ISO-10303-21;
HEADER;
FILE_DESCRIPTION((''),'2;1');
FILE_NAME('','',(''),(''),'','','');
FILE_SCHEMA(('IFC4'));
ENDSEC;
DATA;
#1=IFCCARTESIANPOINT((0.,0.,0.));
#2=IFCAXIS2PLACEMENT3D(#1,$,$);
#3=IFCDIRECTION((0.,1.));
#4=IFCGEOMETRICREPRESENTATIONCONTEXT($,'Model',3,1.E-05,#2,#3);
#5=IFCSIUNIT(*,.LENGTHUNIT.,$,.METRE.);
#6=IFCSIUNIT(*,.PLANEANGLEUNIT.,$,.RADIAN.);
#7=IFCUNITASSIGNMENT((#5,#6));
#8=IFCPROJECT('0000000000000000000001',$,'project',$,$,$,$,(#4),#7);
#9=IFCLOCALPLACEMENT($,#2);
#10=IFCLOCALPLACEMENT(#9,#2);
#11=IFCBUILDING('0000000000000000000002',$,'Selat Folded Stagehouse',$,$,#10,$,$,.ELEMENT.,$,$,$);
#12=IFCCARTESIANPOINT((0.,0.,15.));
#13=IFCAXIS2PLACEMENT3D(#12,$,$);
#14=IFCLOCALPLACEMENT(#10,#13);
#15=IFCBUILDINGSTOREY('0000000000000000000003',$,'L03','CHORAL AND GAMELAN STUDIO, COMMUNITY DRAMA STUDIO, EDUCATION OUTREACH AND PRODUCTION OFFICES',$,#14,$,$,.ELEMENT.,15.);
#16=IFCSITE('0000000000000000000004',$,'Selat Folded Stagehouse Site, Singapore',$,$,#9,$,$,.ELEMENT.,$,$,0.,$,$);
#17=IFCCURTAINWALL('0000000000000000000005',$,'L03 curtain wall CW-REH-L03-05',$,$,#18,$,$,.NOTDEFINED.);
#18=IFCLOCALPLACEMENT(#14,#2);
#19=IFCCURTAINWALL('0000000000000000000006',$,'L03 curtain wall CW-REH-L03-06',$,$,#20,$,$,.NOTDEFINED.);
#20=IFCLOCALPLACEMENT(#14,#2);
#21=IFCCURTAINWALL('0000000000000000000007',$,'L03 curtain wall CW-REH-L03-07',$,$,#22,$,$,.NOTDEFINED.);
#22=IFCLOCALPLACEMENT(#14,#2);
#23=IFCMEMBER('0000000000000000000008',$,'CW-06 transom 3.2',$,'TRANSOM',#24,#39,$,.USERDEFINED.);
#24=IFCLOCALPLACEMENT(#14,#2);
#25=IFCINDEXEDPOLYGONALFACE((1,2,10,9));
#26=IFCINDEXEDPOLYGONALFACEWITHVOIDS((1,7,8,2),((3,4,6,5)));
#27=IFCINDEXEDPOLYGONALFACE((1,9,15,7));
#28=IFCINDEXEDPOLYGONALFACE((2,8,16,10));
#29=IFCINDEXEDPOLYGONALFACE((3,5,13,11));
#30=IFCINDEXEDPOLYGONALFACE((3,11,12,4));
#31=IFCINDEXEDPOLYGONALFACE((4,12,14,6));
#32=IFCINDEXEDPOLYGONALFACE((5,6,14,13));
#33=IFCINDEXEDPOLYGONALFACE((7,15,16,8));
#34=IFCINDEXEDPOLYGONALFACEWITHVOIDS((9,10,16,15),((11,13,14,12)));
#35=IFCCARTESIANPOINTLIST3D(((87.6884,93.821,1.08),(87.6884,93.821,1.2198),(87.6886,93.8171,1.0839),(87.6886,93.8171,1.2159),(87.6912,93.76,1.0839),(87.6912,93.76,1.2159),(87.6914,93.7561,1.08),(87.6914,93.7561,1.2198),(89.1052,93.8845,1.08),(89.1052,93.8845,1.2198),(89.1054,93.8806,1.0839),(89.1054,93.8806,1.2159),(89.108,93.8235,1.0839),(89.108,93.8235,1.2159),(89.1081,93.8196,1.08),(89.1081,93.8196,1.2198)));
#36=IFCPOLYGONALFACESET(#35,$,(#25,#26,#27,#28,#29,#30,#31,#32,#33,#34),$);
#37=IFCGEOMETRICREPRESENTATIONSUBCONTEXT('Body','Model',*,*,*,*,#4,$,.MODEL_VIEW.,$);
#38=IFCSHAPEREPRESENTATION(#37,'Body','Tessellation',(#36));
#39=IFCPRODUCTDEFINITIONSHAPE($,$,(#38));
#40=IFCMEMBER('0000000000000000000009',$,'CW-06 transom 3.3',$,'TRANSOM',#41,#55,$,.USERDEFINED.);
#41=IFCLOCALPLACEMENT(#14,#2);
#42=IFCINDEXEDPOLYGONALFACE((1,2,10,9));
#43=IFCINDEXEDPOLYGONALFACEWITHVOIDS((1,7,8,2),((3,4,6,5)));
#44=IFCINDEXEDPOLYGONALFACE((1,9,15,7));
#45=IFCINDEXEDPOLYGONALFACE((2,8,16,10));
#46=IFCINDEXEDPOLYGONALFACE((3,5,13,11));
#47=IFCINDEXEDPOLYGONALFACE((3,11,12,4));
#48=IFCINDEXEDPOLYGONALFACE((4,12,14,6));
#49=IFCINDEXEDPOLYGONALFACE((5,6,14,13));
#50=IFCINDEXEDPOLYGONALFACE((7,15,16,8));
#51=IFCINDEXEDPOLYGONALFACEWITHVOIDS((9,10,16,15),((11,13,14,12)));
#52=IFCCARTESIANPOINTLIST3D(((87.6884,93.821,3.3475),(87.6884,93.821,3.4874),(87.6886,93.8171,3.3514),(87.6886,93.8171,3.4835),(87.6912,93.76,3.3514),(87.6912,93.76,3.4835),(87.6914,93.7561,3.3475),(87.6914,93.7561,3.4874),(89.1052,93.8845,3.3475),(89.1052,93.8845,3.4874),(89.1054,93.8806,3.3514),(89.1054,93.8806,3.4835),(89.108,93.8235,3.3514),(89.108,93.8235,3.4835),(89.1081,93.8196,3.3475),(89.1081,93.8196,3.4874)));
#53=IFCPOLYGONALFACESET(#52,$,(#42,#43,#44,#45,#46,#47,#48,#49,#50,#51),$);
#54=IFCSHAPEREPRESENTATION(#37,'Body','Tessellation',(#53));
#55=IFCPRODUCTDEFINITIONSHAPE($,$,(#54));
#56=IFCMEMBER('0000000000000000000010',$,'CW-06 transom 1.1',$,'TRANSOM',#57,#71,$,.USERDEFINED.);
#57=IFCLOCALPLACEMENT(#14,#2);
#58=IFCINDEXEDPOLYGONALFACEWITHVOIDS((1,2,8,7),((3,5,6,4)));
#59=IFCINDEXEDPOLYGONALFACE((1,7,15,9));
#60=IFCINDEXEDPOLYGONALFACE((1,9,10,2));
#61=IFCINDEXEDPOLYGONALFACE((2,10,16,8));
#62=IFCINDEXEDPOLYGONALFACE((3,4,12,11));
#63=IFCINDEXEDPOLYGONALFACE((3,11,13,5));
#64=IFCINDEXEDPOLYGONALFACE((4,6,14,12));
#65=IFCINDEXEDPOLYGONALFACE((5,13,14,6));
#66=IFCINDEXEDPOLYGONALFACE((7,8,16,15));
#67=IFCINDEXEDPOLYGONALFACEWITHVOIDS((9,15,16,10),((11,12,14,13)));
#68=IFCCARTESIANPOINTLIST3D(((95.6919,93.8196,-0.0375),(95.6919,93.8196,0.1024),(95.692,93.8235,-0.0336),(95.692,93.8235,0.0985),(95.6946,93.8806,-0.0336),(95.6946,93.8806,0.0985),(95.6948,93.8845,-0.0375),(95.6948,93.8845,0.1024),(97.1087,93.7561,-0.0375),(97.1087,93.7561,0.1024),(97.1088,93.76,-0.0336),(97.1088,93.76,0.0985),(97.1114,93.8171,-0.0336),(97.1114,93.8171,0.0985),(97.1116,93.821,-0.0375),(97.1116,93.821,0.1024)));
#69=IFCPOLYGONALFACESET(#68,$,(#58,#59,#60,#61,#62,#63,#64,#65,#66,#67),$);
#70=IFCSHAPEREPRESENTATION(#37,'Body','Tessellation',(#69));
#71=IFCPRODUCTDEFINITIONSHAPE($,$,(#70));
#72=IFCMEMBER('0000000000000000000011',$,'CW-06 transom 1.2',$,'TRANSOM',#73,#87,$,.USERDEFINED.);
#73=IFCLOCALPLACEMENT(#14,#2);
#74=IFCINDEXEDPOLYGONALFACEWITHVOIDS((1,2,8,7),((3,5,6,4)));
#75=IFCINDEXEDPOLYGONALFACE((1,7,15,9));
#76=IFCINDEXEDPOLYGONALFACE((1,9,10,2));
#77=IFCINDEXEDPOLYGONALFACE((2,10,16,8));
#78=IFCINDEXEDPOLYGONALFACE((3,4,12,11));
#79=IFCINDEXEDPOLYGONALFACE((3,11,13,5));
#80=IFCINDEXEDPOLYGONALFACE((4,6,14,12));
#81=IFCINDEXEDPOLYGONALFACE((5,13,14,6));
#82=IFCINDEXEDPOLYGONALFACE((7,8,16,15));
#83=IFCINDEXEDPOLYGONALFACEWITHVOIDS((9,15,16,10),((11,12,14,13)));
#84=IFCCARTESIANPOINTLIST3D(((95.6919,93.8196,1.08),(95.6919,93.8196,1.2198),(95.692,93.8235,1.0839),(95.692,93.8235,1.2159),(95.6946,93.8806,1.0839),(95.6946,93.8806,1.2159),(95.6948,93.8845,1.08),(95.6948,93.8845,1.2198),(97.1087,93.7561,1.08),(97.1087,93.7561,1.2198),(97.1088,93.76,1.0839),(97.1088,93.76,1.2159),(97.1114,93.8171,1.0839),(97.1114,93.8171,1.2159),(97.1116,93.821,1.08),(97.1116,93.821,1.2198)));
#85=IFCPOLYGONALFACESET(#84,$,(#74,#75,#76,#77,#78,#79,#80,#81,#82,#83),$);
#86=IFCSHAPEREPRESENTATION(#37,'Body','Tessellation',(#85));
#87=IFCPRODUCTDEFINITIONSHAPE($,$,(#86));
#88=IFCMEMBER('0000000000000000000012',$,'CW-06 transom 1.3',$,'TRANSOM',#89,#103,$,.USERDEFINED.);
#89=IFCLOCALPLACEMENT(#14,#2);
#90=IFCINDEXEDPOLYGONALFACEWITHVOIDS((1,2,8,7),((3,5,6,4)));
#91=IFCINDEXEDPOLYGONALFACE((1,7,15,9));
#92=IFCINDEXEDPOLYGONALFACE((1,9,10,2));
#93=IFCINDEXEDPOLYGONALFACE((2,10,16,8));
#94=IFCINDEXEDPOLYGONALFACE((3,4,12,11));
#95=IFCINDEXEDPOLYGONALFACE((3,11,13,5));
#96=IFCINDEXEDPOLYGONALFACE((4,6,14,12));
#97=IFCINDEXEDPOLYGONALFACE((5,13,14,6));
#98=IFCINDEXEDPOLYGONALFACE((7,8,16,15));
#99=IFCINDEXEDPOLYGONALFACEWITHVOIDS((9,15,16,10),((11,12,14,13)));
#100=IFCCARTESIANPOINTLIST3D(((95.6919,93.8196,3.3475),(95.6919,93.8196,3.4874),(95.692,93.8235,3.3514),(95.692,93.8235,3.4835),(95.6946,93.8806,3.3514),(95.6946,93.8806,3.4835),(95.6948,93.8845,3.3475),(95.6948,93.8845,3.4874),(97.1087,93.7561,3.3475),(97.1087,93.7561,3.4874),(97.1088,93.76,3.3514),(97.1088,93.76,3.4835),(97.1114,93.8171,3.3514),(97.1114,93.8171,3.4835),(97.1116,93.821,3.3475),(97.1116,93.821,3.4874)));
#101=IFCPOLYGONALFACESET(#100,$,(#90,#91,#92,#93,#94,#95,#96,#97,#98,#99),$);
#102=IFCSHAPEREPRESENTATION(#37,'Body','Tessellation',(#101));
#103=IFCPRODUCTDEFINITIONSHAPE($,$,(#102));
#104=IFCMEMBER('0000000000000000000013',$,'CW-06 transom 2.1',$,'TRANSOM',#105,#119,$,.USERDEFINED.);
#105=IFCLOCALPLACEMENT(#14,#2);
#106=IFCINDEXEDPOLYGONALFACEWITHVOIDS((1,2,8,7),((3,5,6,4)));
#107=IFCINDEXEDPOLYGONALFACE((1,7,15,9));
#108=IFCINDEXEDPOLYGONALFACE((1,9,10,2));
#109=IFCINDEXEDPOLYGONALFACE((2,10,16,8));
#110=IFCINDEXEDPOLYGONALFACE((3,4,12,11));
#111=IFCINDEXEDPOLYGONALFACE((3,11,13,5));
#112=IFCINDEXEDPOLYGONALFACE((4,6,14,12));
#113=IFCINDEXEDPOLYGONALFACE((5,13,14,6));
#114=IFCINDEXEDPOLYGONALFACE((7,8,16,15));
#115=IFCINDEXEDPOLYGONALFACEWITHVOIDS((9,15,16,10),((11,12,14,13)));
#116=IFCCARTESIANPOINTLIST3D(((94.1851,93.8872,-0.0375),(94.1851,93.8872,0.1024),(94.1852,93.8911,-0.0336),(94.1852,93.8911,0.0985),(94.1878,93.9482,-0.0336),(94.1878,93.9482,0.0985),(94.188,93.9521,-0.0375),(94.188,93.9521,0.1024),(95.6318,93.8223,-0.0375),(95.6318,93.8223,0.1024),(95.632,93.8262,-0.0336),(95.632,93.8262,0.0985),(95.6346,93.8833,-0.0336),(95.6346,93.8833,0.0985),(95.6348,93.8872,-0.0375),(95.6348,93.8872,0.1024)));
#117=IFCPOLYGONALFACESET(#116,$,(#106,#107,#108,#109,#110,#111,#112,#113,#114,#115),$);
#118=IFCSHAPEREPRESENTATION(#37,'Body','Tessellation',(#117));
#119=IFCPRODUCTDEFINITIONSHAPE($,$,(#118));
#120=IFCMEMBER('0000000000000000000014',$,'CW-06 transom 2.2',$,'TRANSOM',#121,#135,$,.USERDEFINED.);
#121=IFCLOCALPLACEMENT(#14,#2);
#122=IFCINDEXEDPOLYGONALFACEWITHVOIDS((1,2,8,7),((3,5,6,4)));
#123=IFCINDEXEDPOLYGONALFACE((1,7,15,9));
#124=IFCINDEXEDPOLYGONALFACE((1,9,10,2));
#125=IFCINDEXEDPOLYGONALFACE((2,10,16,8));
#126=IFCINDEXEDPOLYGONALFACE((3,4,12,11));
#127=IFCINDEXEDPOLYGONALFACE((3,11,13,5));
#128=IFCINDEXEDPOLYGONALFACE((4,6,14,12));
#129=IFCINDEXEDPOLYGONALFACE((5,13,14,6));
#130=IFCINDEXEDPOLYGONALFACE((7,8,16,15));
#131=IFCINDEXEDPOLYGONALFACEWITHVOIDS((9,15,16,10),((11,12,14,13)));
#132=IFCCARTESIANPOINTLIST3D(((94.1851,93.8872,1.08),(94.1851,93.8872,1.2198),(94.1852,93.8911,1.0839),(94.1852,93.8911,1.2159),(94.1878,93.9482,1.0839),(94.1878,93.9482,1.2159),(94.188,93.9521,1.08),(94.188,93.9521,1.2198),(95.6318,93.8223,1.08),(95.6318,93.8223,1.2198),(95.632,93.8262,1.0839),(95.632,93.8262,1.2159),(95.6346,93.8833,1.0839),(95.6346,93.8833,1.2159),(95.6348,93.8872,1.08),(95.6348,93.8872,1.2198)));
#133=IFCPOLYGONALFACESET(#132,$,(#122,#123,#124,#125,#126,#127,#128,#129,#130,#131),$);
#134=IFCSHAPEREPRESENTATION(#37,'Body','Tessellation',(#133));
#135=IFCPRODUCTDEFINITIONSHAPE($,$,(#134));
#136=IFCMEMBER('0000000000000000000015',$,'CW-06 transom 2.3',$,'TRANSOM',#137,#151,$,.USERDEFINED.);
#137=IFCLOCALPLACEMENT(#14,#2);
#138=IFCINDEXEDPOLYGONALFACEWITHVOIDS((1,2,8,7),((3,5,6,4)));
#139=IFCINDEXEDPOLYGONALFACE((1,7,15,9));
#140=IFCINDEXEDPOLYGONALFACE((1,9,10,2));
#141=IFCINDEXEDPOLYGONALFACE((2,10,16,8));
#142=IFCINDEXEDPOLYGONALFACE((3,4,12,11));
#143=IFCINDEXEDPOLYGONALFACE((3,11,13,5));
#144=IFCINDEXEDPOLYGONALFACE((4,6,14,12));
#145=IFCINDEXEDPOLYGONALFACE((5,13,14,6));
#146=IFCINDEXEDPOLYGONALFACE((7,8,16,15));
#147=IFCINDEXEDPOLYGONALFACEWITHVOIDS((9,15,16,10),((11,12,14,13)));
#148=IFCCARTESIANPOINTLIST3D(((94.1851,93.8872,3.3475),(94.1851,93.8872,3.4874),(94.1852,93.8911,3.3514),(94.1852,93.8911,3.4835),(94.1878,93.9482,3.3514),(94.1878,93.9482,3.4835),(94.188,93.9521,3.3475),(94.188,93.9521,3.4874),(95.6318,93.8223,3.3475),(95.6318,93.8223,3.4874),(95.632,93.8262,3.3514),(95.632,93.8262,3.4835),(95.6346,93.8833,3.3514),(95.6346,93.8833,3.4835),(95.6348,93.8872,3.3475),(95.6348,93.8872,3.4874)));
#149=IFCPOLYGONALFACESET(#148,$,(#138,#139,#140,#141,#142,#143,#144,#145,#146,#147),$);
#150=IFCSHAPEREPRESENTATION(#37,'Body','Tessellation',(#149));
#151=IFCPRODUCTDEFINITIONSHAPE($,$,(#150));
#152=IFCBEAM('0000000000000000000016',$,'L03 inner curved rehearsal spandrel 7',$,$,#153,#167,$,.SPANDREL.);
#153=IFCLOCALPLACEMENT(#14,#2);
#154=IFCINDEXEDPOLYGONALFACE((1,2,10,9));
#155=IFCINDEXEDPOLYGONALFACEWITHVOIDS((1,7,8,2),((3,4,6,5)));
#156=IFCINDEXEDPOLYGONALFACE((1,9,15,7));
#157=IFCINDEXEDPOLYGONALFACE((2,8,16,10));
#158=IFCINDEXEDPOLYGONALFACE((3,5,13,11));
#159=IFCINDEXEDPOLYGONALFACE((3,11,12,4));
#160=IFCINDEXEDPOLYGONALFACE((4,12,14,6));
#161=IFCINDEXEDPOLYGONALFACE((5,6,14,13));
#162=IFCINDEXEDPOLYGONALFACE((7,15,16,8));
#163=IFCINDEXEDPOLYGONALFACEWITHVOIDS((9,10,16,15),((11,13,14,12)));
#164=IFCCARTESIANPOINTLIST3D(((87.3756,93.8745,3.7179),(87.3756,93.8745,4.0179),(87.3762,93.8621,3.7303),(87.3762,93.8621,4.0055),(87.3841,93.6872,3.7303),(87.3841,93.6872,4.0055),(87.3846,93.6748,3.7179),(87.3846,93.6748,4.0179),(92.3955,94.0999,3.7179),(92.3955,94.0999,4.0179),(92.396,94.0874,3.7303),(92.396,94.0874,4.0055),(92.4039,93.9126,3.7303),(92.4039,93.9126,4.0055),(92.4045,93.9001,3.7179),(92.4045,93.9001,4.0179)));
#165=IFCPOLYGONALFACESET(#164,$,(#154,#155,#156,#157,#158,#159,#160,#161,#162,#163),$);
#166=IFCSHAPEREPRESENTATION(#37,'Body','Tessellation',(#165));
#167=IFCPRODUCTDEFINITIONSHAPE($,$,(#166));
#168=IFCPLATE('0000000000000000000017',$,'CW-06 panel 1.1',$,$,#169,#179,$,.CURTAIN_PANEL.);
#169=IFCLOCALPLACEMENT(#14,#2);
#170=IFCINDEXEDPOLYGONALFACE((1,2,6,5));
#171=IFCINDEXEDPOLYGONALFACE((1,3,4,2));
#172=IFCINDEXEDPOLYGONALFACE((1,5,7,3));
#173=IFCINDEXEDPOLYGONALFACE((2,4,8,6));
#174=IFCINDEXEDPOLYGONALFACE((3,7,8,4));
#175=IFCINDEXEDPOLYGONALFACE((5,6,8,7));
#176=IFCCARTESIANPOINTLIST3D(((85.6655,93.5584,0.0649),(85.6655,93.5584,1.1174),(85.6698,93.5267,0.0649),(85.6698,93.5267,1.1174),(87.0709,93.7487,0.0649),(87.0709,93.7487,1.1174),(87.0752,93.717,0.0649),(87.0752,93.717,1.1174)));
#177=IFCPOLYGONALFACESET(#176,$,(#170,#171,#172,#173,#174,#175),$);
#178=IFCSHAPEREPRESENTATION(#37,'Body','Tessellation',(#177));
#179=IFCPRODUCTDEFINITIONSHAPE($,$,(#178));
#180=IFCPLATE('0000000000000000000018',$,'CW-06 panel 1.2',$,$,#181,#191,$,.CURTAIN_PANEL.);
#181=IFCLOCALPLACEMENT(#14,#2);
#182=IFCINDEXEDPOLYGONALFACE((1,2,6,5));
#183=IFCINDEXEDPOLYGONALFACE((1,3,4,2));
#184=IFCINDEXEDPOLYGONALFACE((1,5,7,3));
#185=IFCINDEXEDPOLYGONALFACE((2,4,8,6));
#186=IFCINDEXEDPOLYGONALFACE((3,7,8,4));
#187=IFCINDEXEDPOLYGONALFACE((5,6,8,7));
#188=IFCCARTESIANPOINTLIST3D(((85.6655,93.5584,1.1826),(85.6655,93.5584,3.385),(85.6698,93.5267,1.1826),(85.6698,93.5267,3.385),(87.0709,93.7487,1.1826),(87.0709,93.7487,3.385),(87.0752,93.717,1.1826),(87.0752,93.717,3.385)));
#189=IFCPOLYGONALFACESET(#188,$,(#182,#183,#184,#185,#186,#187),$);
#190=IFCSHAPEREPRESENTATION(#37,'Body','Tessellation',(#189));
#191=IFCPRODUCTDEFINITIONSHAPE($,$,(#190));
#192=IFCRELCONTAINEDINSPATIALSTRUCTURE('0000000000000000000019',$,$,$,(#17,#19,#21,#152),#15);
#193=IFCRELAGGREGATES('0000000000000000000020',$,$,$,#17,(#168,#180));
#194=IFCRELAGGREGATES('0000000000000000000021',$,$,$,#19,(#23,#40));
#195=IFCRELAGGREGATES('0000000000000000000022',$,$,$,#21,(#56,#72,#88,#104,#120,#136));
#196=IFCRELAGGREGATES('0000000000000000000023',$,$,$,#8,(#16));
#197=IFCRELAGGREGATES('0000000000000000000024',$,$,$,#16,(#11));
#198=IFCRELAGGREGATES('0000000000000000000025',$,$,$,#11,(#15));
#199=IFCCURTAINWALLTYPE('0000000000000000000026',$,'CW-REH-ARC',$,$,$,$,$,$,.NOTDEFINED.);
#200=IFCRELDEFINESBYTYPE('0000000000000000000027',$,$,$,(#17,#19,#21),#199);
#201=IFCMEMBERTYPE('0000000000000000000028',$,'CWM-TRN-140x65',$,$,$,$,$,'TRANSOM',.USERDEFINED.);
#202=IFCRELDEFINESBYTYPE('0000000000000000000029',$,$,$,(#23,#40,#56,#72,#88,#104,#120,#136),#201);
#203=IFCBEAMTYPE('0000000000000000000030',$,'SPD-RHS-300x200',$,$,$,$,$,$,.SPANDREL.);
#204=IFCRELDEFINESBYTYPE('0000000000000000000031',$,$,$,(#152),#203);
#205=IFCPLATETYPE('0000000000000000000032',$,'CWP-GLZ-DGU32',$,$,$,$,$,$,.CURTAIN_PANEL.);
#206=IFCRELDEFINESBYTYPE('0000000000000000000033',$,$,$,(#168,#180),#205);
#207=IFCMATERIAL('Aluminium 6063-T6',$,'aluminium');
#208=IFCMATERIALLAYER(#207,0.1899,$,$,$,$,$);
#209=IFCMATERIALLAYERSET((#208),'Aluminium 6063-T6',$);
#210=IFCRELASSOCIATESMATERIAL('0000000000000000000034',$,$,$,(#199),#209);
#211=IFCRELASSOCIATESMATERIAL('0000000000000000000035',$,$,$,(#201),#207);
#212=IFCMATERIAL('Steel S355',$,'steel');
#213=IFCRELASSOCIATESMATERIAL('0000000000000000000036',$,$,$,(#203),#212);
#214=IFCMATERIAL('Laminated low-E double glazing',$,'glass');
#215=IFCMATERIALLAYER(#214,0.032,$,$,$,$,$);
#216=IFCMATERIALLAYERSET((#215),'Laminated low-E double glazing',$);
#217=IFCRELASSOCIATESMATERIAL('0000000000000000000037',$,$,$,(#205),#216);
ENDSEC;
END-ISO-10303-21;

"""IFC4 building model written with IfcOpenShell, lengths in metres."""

from ifc_helpers import new_model, si_unit, direction, frame, origin, origin_2d, place, context, subcontext, project, spatial, rectangle, hollow_rectangle, extrude, material, layer, layer_set, material_profile, profile_set, type_object, element, aggregate, save


model = new_model("IFC4")

# Units and contexts
model_context = context("Model", 3, precision=1e-05, world=origin(), true_north=direction((0.0, 1.0)))
body_context = subcontext(model_context, "Body", "Model", "MODEL_VIEW")
ifc_project = project(units=[si_unit("LENGTHUNIT", "METRE"), si_unit("PLANEANGLEUNIT", "RADIAN")], contexts=[model_context])

# Site, building, storey
site_placement = place(None, origin())
site = spatial("IfcSite", under=ifc_project, at=site_placement, Name="Selat Folded Stagehouse Site, Singapore", CompositionType="ELEMENT", RefElevation=0.0)
building_placement = place(site_placement, origin())
building = spatial("IfcBuilding", under=site, at=building_placement, Name="Selat Folded Stagehouse", CompositionType="ELEMENT")
storey_placement = place(building_placement, frame((0.0, 0.0, 15.0)))
storey = spatial("IfcBuildingStorey", under=building, at=storey_placement, Name="L03", Description="CHORAL AND GAMELAN STUDIO, COMMUNITY DRAMA STUDIO, EDUCATION OUTREACH AND PRODUCTION OFFICES", CompositionType="ELEMENT", Elevation=15.0)

# Shared definitions
ifc_material_1 = material(Name="Steel S355", Category="steel")

# Curtain walls
ifc_material_2 = material(Name="Aluminium 6063-T6", Category="aluminium")
ifc_layer_1 = layer(ifc_material_2, 0.1899)
ifc_layer_set_1 = layer_set([ifc_layer_1], Name="Aluminium 6063-T6")
curtain_wall_type = type_object("IfcCurtainWallType", Name="CW-REH-ARC", PredefinedType="NOTDEFINED", material=ifc_layer_set_1)
curtain_wall_1_placement = place(storey_placement, origin())
curtain_wall_1 = element("IfcCurtainWall", 1, at=curtain_wall_1_placement, inside=storey, type_object=curtain_wall_type, Name="L03 curtain wall CW-REH-L03-05", PredefinedType="NOTDEFINED")
curtain_wall_2_placement = place(storey_placement, origin())
curtain_wall_2 = element("IfcCurtainWall", 2, at=curtain_wall_2_placement, inside=storey, type_object=curtain_wall_type, Name="L03 curtain wall CW-REH-L03-06", PredefinedType="NOTDEFINED")
curtain_wall_3_placement = place(storey_placement, origin())
curtain_wall_3 = element("IfcCurtainWall", 3, at=curtain_wall_3_placement, inside=storey, type_object=curtain_wall_type, Name="L03 curtain wall CW-REH-L03-07", PredefinedType="NOTDEFINED")

# Members
ifc_material_profile_1 = material_profile(ifc_material_2, hollow_rectangle(XDim=0.0649, YDim=0.1399, WallThickness=0.0039, at=origin_2d()), Name="ALU 140x65x4.0")
ifc_profile_set_1 = profile_set([ifc_material_profile_1], Name="Aluminium 6063-T6")
member_type_1 = type_object("IfcMemberType", Name="CWM-TRN-140x65", ElementType="TRANSOM", PredefinedType="USERDEFINED", material=ifc_profile_set_1)
member_1_placement = place(storey_placement, frame((89.1067, 93.8521, 1.1499), z_axis=(-0.998998, -0.04476, 0.0), x_axis=(0.04476, -0.998998, 0.0)))
member_1 = element("IfcMember", 4, at=member_1_placement, type_object=member_type_1, Name="CW-06 transom 3.2", ObjectType="TRANSOM", PredefinedType="USERDEFINED", context=body_context, shape_type="SweptSolid", body=[
    extrude(hollow_rectangle(XDim=0.0649, YDim=0.1399, WallThickness=0.0039, at=origin_2d()), origin(), (0.0, 0.0, 1.0), 1.4182),
])
member_2_placement = place(storey_placement, frame((89.1067, 93.8521, 3.4175), z_axis=(-0.998998, -0.04476, 0.0), x_axis=(0.04476, -0.998998, 0.0)))
member_2 = element("IfcMember", 5, at=member_2_placement, type_object=member_type_1, Name="CW-06 transom 3.3", ObjectType="TRANSOM", PredefinedType="USERDEFINED", context=body_context, shape_type="SweptSolid", body=[
    extrude(hollow_rectangle(XDim=0.0649, YDim=0.1399, WallThickness=0.0039, at=origin_2d()), origin(), (0.0, 0.0, 1.0), 1.4182),
])
member_3_placement = place(storey_placement, frame((97.1101, 93.7886, 0.0325), z_axis=(-0.998998, 0.04476, 0.0), x_axis=(-0.04476, -0.998998, 0.0)))
member_3 = element("IfcMember", 6, at=member_3_placement, type_object=member_type_1, Name="CW-06 transom 1.1", ObjectType="TRANSOM", PredefinedType="USERDEFINED", context=body_context, shape_type="SweptSolid", body=[
    extrude(hollow_rectangle(XDim=0.0649, YDim=0.1399, WallThickness=0.0039, at=origin_2d()), origin(), (0.0, 0.0, 1.0), 1.4182),
])
member_4_placement = place(storey_placement, frame((97.1101, 93.7886, 1.1499), z_axis=(-0.998998, 0.04476, 0.0), x_axis=(-0.04476, -0.998998, 0.0)))
member_4 = element("IfcMember", 7, at=member_4_placement, type_object=member_type_1, Name="CW-06 transom 1.2", ObjectType="TRANSOM", PredefinedType="USERDEFINED", context=body_context, shape_type="SweptSolid", body=[
    extrude(hollow_rectangle(XDim=0.0649, YDim=0.1399, WallThickness=0.0039, at=origin_2d()), origin(), (0.0, 0.0, 1.0), 1.4182),
])
member_5_placement = place(storey_placement, frame((97.1101, 93.7886, 3.4175), z_axis=(-0.998998, 0.04476, 0.0), x_axis=(-0.04476, -0.998998, 0.0)))
member_5 = element("IfcMember", 8, at=member_5_placement, type_object=member_type_1, Name="CW-06 transom 1.3", ObjectType="TRANSOM", PredefinedType="USERDEFINED", context=body_context, shape_type="SweptSolid", body=[
    extrude(hollow_rectangle(XDim=0.0649, YDim=0.1399, WallThickness=0.0039, at=origin_2d()), origin(), (0.0, 0.0, 1.0), 1.4182),
])
member_6_placement = place(storey_placement, frame((95.6333, 93.8547, 0.0325), z_axis=(-0.998994, 0.044842, 0.0), x_axis=(-0.044842, -0.998994, 0.0)))
member_6 = element("IfcMember", 9, at=member_6_placement, type_object=member_type_1, Name="CW-06 transom 2.1", ObjectType="TRANSOM", PredefinedType="USERDEFINED", context=body_context, shape_type="SweptSolid", body=[
    extrude(hollow_rectangle(XDim=0.0649, YDim=0.1399, WallThickness=0.0039, at=origin_2d()), origin(), (0.0, 0.0, 1.0), 1.4482),
])
member_7_placement = place(storey_placement, frame((95.6333, 93.8547, 1.1499), z_axis=(-0.998994, 0.044842, 0.0), x_axis=(-0.044842, -0.998994, 0.0)))
member_7 = element("IfcMember", 10, at=member_7_placement, type_object=member_type_1, Name="CW-06 transom 2.2", ObjectType="TRANSOM", PredefinedType="USERDEFINED", context=body_context, shape_type="SweptSolid", body=[
    extrude(hollow_rectangle(XDim=0.0649, YDim=0.1399, WallThickness=0.0039, at=origin_2d()), origin(), (0.0, 0.0, 1.0), 1.4482),
])
member_8_placement = place(storey_placement, frame((95.6333, 93.8547, 3.4175), z_axis=(-0.998994, 0.044842, 0.0), x_axis=(-0.044842, -0.998994, 0.0)))
member_8 = element("IfcMember", 11, at=member_8_placement, type_object=member_type_1, Name="CW-06 transom 2.3", ObjectType="TRANSOM", PredefinedType="USERDEFINED", context=body_context, shape_type="SweptSolid", body=[
    extrude(hollow_rectangle(XDim=0.0649, YDim=0.1399, WallThickness=0.0039, at=origin_2d()), origin(), (0.0, 0.0, 1.0), 1.4482),
])

# Beam
ifc_material_profile_2 = material_profile(ifc_material_1, hollow_rectangle(XDim=0.2, YDim=0.3, WallThickness=0.0125, at=origin_2d()), Name="RHS 300x200x12.5")
ifc_profile_set_2 = profile_set([ifc_material_profile_2], Name="Steel S355")
beam_type_1 = type_object("IfcBeamType", Name="SPD-RHS-300x200", PredefinedType="SPANDREL", material=ifc_profile_set_2)
beam_1_placement = place(storey_placement, frame((87.3801, 93.7747, 3.8679), z_axis=(0.998994, 0.044846, 0.0), x_axis=(-0.044846, 0.998994, 0.0)))
element("IfcBeam", 12, at=beam_1_placement, inside=storey, type_object=beam_type_1, Name="L03 inner curved rehearsal spandrel 7", PredefinedType="SPANDREL", context=body_context, shape_type="SweptSolid", body=[
    extrude(hollow_rectangle(XDim=0.2, YDim=0.3, WallThickness=0.0125, at=origin_2d()), origin(), (0.0, 0.0, 1.0), 5.0249),
])

# Plates
ifc_material_3 = material(Name="Laminated low-E double glazing", Category="glass")
ifc_layer_2 = layer(ifc_material_3, 0.032)
ifc_layer_set_2 = layer_set([ifc_layer_2], Name="Laminated low-E double glazing")
plate_type_1 = type_object("IfcPlateType", Name="CWP-GLZ-DGU32", PredefinedType="CURTAIN_PANEL", material=ifc_layer_set_2)
plate_1_placement = place(storey_placement, frame((86.3704, 93.6377, 0.0649), z_axis=(0.0, 0.0, 1.0), x_axis=(-0.990953, -0.134212, 0.0)))
plate_1 = element("IfcPlate", 13, at=plate_1_placement, type_object=plate_type_1, Name="CW-06 panel 1.1", PredefinedType="CURTAIN_PANEL", context=body_context, shape_type="SweptSolid", body=[
    extrude(rectangle(XDim=1.4182, YDim=0.032, at=origin_2d()), origin(), (0.0, 0.0, 1.0), 1.0525),
])
plate_2_placement = place(storey_placement, frame((86.3704, 93.6377, 1.1826), z_axis=(0.0, 0.0, 1.0), x_axis=(-0.990953, -0.134212, 0.0)))
plate_2 = element("IfcPlate", 14, at=plate_2_placement, type_object=plate_type_1, Name="CW-06 panel 1.2", PredefinedType="CURTAIN_PANEL", context=body_context, shape_type="SweptSolid", body=[
    extrude(rectangle(XDim=1.4182, YDim=0.032, at=origin_2d()), origin(), (0.0, 0.0, 1.0), 2.2024),
])
aggregate(curtain_wall_1, [plate_1, plate_2])
aggregate(curtain_wall_2, [member_1, member_2])
aggregate(curtain_wall_3, [member_3, member_4, member_5, member_6, member_7, member_8])

save(model, "model.ifc")
